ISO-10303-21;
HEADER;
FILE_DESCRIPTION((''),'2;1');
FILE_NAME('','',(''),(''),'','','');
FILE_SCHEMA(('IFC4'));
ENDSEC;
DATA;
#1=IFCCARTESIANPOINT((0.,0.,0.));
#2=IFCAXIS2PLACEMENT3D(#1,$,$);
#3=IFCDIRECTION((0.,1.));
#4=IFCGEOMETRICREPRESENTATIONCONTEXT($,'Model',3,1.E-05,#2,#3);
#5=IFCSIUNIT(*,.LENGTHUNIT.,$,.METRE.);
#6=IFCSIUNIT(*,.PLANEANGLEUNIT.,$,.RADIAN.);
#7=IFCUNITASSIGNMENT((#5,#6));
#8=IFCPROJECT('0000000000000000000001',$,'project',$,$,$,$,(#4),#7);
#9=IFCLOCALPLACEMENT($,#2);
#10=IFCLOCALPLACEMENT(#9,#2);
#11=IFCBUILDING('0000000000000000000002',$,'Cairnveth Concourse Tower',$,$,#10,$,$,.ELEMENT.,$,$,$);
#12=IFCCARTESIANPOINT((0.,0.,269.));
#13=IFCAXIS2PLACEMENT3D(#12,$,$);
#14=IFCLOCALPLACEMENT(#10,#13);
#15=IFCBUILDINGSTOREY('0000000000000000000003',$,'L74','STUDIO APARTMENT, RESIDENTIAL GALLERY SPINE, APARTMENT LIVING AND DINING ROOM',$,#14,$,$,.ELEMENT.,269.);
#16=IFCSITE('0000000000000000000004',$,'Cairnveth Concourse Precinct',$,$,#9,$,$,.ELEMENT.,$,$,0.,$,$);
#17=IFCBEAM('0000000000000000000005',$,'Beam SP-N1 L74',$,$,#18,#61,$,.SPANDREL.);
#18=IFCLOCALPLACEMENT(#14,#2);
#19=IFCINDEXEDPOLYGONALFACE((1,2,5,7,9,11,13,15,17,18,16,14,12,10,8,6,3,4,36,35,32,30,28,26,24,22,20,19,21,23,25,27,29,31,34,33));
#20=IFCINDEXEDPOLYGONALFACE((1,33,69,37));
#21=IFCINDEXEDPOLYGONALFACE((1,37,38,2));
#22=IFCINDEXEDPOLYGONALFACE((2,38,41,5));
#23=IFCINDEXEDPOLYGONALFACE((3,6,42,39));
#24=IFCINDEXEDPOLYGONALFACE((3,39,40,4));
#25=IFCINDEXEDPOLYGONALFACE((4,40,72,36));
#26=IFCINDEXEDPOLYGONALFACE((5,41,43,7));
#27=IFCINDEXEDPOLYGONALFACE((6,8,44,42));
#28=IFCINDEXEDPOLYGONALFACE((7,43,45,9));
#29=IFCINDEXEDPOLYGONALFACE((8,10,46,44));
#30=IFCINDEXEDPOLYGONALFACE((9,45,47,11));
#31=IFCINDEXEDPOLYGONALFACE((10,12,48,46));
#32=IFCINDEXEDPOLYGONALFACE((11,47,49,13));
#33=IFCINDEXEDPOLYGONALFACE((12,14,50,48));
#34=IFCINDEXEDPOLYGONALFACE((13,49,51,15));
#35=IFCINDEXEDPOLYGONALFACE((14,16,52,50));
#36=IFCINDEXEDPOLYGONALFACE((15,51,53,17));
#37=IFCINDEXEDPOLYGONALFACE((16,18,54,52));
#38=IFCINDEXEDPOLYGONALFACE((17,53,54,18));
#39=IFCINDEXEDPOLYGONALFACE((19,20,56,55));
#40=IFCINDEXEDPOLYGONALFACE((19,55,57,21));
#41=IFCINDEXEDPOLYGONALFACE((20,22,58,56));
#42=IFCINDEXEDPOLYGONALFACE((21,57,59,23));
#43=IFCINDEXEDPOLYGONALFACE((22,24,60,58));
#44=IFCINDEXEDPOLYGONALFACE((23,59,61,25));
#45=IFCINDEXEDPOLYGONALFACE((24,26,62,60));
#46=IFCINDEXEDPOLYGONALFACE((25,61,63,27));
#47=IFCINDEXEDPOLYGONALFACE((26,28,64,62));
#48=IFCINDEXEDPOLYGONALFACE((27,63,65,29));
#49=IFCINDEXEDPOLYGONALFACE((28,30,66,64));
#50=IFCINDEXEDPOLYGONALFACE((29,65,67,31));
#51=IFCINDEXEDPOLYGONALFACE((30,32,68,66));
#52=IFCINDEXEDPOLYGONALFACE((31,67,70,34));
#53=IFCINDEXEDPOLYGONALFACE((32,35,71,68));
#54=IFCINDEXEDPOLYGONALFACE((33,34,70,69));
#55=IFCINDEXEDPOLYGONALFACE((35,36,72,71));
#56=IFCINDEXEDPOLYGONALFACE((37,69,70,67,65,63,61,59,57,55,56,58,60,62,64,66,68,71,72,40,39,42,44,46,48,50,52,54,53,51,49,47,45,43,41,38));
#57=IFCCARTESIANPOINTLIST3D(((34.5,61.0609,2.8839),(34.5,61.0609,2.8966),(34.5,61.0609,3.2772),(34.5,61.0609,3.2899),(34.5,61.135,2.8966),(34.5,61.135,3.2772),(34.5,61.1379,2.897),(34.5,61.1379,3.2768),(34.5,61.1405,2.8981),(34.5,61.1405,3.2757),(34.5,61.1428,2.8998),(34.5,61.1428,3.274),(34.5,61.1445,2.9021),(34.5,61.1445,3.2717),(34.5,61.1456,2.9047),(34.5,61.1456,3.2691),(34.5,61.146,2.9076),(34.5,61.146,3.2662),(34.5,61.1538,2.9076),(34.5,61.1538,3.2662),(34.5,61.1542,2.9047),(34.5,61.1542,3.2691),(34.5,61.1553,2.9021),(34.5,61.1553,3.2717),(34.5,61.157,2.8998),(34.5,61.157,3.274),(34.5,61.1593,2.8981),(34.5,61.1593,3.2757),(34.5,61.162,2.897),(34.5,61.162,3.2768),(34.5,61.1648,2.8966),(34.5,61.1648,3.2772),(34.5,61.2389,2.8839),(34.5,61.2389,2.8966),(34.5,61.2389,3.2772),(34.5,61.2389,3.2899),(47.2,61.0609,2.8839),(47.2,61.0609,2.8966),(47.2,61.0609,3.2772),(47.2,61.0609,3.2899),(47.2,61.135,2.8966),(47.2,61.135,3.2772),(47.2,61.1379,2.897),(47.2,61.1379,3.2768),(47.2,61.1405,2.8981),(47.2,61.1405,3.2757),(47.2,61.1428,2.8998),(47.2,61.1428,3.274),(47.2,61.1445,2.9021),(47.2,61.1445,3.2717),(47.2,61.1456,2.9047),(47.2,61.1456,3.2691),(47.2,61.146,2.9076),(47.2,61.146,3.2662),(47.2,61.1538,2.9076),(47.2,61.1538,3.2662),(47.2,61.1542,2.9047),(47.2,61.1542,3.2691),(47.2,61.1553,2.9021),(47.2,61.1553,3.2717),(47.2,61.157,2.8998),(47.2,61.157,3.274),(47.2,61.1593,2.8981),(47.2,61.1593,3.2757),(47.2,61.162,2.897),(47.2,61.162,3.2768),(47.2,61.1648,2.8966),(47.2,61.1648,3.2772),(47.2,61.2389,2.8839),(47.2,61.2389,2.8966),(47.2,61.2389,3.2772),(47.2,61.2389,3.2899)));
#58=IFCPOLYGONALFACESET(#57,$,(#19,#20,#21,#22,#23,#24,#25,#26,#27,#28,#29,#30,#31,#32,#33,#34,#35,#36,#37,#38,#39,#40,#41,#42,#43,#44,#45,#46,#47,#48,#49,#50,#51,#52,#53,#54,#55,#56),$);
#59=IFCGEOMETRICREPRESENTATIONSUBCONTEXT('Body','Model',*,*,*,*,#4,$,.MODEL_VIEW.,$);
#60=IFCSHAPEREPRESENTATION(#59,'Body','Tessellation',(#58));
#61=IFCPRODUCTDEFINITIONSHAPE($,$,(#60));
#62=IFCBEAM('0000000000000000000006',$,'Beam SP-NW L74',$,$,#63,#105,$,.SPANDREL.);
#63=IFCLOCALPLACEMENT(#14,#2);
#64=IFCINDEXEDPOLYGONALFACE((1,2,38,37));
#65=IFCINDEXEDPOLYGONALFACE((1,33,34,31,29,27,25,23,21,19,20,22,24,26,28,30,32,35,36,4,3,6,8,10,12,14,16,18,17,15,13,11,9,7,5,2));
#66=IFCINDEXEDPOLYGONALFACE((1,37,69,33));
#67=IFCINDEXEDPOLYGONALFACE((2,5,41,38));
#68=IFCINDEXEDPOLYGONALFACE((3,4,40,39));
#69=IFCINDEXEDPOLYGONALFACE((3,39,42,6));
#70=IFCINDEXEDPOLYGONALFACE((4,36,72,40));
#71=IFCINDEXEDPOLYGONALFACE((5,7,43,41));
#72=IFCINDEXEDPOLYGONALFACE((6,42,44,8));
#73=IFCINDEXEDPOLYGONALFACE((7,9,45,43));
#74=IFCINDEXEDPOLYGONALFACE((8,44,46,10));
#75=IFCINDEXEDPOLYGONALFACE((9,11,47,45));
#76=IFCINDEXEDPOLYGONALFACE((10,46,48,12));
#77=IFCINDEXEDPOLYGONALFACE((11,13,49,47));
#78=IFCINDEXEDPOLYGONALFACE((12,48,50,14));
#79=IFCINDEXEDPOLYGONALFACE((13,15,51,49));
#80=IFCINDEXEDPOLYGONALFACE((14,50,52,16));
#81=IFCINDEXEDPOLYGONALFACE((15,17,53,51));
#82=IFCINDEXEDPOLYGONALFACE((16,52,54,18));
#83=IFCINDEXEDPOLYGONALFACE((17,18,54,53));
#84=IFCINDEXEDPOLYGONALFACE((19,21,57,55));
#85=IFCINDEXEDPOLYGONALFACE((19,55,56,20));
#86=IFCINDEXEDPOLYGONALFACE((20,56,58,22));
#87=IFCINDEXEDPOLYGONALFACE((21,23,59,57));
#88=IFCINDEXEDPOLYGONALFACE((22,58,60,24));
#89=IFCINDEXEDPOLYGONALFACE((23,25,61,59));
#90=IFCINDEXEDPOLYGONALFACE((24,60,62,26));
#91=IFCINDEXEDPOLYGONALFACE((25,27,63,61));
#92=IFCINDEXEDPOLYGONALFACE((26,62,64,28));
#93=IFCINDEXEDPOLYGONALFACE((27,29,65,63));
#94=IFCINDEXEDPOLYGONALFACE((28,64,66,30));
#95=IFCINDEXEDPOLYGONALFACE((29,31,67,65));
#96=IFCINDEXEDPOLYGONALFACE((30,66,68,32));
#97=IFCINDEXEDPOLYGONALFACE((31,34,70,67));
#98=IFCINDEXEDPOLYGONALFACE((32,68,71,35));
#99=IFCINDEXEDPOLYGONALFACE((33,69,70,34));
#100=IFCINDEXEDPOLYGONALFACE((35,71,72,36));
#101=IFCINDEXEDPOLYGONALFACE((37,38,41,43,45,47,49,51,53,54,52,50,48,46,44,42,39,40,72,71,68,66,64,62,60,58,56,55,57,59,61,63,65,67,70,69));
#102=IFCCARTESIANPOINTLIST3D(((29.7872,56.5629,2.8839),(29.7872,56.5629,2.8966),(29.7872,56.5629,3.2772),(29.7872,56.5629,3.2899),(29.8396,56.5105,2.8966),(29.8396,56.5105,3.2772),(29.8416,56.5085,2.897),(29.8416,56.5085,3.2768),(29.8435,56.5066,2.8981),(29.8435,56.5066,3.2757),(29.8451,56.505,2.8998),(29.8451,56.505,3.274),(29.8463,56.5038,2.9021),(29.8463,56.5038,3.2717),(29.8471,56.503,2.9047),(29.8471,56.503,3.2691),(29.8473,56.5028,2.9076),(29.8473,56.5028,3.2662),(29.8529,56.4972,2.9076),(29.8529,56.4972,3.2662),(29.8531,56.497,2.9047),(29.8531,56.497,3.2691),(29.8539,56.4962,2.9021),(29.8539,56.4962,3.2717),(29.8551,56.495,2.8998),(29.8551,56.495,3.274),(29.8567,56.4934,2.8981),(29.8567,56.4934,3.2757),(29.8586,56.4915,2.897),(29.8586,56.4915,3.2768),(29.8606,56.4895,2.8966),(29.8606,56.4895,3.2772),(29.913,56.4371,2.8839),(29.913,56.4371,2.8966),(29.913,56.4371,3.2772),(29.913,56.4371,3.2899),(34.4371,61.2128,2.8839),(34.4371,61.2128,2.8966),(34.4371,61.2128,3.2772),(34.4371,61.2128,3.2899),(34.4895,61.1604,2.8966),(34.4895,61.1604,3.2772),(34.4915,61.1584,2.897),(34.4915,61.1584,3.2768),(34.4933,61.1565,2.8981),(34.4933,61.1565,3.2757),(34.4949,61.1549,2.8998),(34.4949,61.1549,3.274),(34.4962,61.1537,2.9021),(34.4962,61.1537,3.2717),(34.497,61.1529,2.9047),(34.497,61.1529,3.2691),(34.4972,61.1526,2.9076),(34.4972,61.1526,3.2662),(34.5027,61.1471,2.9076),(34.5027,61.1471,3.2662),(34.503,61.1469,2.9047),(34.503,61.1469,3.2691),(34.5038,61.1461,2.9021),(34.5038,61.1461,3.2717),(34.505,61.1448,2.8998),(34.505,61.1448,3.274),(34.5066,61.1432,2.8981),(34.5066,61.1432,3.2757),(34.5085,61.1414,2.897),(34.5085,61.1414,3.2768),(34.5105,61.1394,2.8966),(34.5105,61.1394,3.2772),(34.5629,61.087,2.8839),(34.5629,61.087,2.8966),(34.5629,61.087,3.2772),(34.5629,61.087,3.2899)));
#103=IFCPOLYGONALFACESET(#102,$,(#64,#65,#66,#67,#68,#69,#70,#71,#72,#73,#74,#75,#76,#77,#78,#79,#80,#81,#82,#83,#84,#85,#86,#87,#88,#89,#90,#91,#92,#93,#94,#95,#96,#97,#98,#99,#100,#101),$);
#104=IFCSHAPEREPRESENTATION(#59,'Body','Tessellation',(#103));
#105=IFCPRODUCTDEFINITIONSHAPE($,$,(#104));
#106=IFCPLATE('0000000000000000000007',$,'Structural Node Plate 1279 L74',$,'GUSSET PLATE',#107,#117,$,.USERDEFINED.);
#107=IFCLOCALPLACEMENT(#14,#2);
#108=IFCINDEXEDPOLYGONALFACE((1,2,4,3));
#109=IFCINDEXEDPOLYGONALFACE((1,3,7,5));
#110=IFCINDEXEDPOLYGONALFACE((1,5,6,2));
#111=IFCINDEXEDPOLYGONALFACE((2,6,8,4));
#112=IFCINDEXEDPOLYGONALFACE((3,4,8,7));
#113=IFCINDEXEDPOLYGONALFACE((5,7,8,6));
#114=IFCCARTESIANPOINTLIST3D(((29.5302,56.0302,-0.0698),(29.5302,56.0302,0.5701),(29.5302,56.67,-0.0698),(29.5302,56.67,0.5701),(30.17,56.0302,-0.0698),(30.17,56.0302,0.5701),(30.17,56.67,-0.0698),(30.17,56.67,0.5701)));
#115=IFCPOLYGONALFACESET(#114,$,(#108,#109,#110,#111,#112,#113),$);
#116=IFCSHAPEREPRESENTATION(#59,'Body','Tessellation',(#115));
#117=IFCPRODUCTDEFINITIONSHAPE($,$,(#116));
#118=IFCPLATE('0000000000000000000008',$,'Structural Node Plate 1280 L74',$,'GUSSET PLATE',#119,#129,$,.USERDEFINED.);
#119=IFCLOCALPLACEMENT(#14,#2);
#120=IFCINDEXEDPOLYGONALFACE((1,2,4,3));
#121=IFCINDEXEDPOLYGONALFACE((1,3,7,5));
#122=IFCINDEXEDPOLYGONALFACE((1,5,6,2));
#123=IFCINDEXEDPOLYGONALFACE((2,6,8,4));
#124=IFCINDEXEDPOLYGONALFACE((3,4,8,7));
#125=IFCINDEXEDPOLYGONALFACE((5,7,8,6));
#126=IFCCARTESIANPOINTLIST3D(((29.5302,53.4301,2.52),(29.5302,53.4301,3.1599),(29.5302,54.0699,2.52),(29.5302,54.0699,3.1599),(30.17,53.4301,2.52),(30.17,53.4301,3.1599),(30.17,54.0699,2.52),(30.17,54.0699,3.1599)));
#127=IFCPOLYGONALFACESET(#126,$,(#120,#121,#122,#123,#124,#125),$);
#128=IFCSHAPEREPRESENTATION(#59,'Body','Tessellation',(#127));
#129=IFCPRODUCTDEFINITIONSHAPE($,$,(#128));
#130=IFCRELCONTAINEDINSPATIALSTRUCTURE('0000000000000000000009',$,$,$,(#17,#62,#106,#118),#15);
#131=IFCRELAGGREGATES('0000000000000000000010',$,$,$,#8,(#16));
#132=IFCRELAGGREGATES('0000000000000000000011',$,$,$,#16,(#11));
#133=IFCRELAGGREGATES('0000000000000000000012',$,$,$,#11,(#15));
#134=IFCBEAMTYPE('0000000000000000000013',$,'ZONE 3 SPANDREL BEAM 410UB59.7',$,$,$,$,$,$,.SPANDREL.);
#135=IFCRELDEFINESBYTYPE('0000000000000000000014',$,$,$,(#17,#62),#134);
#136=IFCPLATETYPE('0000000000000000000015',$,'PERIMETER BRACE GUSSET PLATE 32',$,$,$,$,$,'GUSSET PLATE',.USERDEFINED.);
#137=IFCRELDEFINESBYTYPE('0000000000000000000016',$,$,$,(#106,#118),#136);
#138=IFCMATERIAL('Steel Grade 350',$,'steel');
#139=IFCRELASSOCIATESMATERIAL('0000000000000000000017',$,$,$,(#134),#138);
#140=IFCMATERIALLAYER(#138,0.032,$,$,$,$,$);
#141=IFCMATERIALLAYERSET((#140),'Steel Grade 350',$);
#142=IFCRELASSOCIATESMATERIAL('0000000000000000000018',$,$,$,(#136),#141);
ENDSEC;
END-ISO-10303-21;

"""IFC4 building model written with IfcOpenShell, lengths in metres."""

from ifc_helpers import new_model, si_unit, direction, frame, origin, origin_2d, place, context, subcontext, project, spatial, rectangle, i_section, extrude, material, layer, layer_set, material_profile, profile_set, type_object, element, save


model = new_model("IFC4")

# Units and contexts
model_context = context("Model", 3, precision=1e-05, world=origin(), true_north=direction((0.0, 1.0)))
body_context = subcontext(model_context, "Body", "Model", "MODEL_VIEW")
ifc_project = project(units=[si_unit("LENGTHUNIT", "METRE"), si_unit("PLANEANGLEUNIT", "RADIAN")], contexts=[model_context])

# Site, building, storey
site_placement = place(None, origin())
site = spatial("IfcSite", under=ifc_project, at=site_placement, Name="Cairnveth Concourse Precinct", CompositionType="ELEMENT", RefElevation=0.0)
building_placement = place(site_placement, origin())
building = spatial("IfcBuilding", under=site, at=building_placement, Name="Cairnveth Concourse Tower", CompositionType="ELEMENT")
storey_placement = place(building_placement, frame((0.0, 0.0, 269.0)))
storey = spatial("IfcBuildingStorey", under=building, at=storey_placement, Name="L74", Description="STUDIO APARTMENT, RESIDENTIAL GALLERY SPINE, APARTMENT LIVING AND DINING ROOM", CompositionType="ELEMENT", Elevation=269.0)

# Shared definitions
ifc_material_1 = material(Name="Steel Grade 350", Category="steel")

# Beams
ifc_material_profile_1 = material_profile(ifc_material_1, i_section(OverallWidth=0.178, OverallDepth=0.406, WebThickness=0.0078, FlangeThickness=0.0127, FilletRadius=0.011, at=origin_2d()), Name="410UB59.7")
ifc_profile_set_1 = profile_set([ifc_material_profile_1], Name="Steel Grade 350")
beam_type_1 = type_object("IfcBeamType", Name="ZONE 3 SPANDREL BEAM 410UB59.7", PredefinedType="SPANDREL", material=ifc_profile_set_1)
beam_1_placement = place(storey_placement, frame((34.5, 61.1499, 3.0869), z_axis=(1.0, 0.0, 0.0), x_axis=(0.0, 1.0, 0.0)))
element("IfcBeam", 1, at=beam_1_placement, inside=storey, type_object=beam_type_1, Name="Beam SP-N1 L74", PredefinedType="SPANDREL", context=body_context, shape_type="SweptSolid", body=[
    extrude(i_section(OverallWidth=0.178, OverallDepth=0.406, WebThickness=0.0078, FlangeThickness=0.0127, FilletRadius=0.011, at=origin_2d()), origin(), (0.0, 0.0, 1.0), 12.7),
])
beam_2_placement = place(storey_placement, frame((29.8501, 56.5, 3.0869), z_axis=(0.707107, 0.707107, 0.0), x_axis=(-0.707107, 0.707107, 0.0)))
element("IfcBeam", 2, at=beam_2_placement, inside=storey, type_object=beam_type_1, Name="Beam SP-NW L74", PredefinedType="SPANDREL", context=body_context, shape_type="SweptSolid", body=[
    extrude(i_section(OverallWidth=0.178, OverallDepth=0.406, WebThickness=0.0078, FlangeThickness=0.0127, FilletRadius=0.011, at=origin_2d()), origin(), (0.0, 0.0, 1.0), 6.5759),
])

# Plates
ifc_layer_1 = layer(ifc_material_1, 0.032)
ifc_layer_set_1 = layer_set([ifc_layer_1], Name="Steel Grade 350")
plate_type = type_object("IfcPlateType", Name="PERIMETER BRACE GUSSET PLATE 32", ElementType="GUSSET PLATE", PredefinedType="USERDEFINED", material=ifc_layer_set_1)
for number, where, z_axis, x_axis, name in (
    (3, (29.8501, 56.3501, -0.0698), (0.0, 0.0, 1.0), (1.0, 0.0, 0.0), "Structural Node Plate 1279 L74"),
    (4, (29.8501, 53.75, 2.52), (0.0, 0.0, 1.0), (1.0, 0.0, 0.0), "Structural Node Plate 1280 L74"),
):
    element("IfcPlate", number, at=place(storey_placement, frame(where, z_axis=z_axis, x_axis=x_axis)), inside=storey, type_object=plate_type, Name=name, ObjectType="GUSSET PLATE", PredefinedType="USERDEFINED", context=body_context, shape_type="SweptSolid", body=[
        extrude(rectangle(XDim=0.6399, YDim=0.6399, at=origin_2d()), origin(), (0.0, 0.0, 1.0), 0.6399),
    ])

save(model, "model.ifc")
